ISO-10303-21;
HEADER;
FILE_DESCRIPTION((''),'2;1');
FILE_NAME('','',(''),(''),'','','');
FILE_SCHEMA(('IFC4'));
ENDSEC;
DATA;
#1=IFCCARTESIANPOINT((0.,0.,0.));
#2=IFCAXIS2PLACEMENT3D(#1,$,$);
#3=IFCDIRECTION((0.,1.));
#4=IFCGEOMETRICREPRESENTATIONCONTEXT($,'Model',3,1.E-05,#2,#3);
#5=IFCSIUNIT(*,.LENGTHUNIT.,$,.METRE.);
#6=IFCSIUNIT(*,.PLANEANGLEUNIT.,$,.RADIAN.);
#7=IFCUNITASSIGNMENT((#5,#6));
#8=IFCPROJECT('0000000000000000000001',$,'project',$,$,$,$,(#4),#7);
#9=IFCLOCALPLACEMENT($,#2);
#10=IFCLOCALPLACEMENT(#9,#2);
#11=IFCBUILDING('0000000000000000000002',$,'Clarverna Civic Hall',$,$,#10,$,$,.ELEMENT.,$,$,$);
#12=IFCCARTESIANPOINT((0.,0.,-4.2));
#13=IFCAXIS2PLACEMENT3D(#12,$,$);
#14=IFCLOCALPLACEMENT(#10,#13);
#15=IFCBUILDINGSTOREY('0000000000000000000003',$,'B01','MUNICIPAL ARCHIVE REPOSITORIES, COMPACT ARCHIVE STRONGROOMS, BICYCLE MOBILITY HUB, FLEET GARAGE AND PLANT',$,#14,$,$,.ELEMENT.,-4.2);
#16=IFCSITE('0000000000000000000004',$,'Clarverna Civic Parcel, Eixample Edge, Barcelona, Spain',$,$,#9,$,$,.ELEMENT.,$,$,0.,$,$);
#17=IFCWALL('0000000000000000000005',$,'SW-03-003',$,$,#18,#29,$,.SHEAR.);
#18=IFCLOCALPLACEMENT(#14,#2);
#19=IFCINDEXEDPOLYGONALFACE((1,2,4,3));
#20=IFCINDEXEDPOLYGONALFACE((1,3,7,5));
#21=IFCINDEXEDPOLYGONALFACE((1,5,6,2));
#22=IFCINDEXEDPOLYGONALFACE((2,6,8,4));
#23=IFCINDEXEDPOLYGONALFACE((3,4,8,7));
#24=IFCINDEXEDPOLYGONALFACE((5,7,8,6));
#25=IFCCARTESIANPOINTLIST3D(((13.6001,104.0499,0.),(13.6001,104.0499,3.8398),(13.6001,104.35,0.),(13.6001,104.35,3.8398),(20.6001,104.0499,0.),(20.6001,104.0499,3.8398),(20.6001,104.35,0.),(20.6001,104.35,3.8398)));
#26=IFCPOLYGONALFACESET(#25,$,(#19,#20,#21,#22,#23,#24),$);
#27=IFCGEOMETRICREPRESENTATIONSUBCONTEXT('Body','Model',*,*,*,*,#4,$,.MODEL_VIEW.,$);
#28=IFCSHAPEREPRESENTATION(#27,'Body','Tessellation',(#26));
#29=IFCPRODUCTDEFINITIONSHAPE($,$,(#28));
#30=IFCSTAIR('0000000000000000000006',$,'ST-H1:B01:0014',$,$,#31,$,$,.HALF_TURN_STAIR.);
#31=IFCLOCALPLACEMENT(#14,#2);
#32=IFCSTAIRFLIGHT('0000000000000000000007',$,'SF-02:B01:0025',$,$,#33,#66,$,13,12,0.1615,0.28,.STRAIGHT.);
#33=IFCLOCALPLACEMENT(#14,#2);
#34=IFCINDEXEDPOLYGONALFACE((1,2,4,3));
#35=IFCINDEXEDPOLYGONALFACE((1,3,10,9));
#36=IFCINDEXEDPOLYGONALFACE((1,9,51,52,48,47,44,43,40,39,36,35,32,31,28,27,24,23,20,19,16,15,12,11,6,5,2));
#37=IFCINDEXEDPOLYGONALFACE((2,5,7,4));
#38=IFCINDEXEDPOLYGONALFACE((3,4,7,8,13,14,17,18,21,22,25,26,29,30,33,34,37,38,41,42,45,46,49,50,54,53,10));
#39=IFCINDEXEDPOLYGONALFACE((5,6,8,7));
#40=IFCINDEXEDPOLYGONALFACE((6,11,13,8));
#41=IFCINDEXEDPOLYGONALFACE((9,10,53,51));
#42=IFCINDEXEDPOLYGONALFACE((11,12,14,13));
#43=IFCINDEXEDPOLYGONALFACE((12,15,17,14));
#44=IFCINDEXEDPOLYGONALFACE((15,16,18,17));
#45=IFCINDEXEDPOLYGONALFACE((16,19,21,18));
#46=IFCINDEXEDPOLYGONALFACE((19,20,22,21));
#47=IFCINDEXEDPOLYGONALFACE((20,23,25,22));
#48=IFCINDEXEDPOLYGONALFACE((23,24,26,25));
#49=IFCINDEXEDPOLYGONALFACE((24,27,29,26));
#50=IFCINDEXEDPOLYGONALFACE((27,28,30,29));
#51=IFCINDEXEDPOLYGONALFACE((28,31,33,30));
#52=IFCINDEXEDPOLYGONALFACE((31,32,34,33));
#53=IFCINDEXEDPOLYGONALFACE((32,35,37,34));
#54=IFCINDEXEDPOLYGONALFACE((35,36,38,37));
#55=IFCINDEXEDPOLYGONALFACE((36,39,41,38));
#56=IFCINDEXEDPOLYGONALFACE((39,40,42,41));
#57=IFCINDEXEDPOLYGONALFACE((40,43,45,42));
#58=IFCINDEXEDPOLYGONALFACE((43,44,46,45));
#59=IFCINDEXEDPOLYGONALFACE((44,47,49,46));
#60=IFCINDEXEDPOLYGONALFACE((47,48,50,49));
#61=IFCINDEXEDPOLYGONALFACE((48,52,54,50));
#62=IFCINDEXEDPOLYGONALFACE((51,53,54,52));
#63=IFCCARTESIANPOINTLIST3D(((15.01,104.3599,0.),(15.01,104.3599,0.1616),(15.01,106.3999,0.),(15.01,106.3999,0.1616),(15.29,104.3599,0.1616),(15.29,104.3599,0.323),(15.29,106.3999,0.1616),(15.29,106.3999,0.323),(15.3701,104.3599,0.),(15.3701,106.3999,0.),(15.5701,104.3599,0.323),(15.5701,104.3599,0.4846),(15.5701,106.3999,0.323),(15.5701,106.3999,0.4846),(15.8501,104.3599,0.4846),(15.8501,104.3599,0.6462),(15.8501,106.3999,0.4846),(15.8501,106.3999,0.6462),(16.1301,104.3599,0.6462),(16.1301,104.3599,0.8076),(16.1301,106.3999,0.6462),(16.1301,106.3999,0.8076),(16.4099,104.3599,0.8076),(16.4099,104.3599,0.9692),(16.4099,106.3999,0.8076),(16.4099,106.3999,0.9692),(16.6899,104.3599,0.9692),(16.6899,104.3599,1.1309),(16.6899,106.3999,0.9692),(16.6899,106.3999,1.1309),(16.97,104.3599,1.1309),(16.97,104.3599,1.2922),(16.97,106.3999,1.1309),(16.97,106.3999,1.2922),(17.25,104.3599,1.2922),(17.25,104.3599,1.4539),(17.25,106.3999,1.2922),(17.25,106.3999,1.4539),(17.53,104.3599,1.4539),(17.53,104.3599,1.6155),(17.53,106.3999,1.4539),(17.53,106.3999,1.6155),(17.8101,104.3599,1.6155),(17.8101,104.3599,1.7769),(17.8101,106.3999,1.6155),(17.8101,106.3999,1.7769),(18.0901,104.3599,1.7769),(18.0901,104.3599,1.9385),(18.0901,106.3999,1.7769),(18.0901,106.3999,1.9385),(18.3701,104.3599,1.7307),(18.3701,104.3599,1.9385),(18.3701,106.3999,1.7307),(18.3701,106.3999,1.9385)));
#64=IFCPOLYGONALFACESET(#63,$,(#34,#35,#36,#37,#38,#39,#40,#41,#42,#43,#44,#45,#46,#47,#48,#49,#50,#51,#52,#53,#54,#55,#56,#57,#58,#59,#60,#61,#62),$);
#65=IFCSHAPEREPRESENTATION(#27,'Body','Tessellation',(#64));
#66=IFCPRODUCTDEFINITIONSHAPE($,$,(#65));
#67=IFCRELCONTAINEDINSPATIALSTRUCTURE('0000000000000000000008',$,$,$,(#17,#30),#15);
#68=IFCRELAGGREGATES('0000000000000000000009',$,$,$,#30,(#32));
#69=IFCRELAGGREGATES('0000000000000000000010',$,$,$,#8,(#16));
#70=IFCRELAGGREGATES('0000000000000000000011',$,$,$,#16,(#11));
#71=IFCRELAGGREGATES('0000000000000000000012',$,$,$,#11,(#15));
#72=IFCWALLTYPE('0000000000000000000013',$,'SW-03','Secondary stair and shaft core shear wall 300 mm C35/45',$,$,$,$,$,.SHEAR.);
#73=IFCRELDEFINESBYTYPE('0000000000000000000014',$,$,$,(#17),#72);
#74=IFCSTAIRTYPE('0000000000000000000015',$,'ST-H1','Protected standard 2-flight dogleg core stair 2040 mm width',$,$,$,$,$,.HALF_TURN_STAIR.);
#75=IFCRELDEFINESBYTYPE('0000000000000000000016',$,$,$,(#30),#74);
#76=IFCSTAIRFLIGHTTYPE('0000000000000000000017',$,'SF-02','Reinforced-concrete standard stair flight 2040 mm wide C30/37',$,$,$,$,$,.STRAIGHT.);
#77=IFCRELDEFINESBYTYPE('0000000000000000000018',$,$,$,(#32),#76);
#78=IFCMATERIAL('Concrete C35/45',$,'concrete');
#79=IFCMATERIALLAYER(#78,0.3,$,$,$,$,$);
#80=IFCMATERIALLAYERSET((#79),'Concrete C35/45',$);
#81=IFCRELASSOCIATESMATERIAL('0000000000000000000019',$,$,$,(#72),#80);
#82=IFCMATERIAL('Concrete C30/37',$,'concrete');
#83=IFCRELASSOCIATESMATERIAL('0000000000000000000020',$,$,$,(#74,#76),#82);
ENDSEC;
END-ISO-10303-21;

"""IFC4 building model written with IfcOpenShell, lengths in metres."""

from ifc_helpers import new_model, si_unit, direction, frame, frame_2d, origin, place, context, subcontext, project, spatial, polyline, rectangle, outline, extrude, material, layer, layer_set, type_object, element, aggregate, save


model = new_model("IFC4")

# Units and contexts
model_context = context("Model", 3, precision=1e-05, world=origin(), true_north=direction((0.0, 1.0)))
body_context = subcontext(model_context, "Body", "Model", "MODEL_VIEW")
ifc_project = project(units=[si_unit("LENGTHUNIT", "METRE"), si_unit("PLANEANGLEUNIT", "RADIAN")], contexts=[model_context])

# Site, building, storey
site_placement = place(None, origin())
site = spatial("IfcSite", under=ifc_project, at=site_placement, Name="Clarverna Civic Parcel, Eixample Edge, Barcelona, Spain", CompositionType="ELEMENT", RefElevation=0.0)
building_placement = place(site_placement, origin())
building = spatial("IfcBuilding", under=site, at=building_placement, Name="Clarverna Civic Hall", CompositionType="ELEMENT")
storey_placement = place(building_placement, frame((0.0, 0.0, -4.2)))
storey = spatial("IfcBuildingStorey", under=building, at=storey_placement, Name="B01", Description="MUNICIPAL ARCHIVE REPOSITORIES, COMPACT ARCHIVE STRONGROOMS, BICYCLE MOBILITY HUB, FLEET GARAGE AND PLANT", CompositionType="ELEMENT", Elevation=-4.2)

# Shared definitions
ifc_material_1 = material(Name="Concrete C30/37", Category="concrete")

# Shared definitions
ifc_material_2 = material(Name="Concrete C35/45", Category="concrete")

# Shared definitions
ifc_layer_1 = layer(ifc_material_2, 0.3)
ifc_layer_set_1 = layer_set([ifc_layer_1], Name="Concrete C35/45")
wall_type_1 = type_object("IfcWallType", Name="SW-03", Description="Secondary stair and shaft core shear wall 300 mm C35/45", PredefinedType="SHEAR", material=ifc_layer_set_1)

# Wall
wall_1_placement = place(storey_placement, frame((13.6001, 104.2, 0.0), z_axis=(0.0, 0.0, 1.0), x_axis=(1.0, 0.0, 0.0)))
element("IfcWall", 1, at=wall_1_placement, inside=storey, type_object=wall_type_1, Name="SW-03-003", PredefinedType="SHEAR", context=body_context, shape_type="SweptSolid", body=[
    extrude(rectangle(XDim=7.0, YDim=0.3, at=frame_2d((3.5, 0.0))), origin(), (0.0, 0.0, 1.0), 3.8398),
])

# Stair, stair flight
stair_type = type_object("IfcStairType", Name="ST-H1", Description="Protected standard 2-flight dogleg core stair 2040 mm width", PredefinedType="HALF_TURN_STAIR", material=ifc_material_1)
stair_placement = place(storey_placement, origin())
stair = element("IfcStair", 2, at=stair_placement, inside=storey, type_object=stair_type, Name="ST-H1:B01:0014", PredefinedType="HALF_TURN_STAIR")
stair_flight_type = type_object("IfcStairFlightType", Name="SF-02", Description="Reinforced-concrete standard stair flight 2040 mm wide C30/37", PredefinedType="STRAIGHT", material=ifc_material_1)
stair_flight_placement = place(storey_placement, frame((15.01, 105.3799, 0.0), z_axis=(0.0, 0.0, 1.0), x_axis=(1.0, 0.0, 0.0)))
stair_flight = element("IfcStairFlight", 3, at=stair_flight_placement, type_object=stair_flight_type, Name="SF-02:B01:0025", NumberOfRisers=13, NumberOfTreads=12, PredefinedType="STRAIGHT", RiserHeight=0.1615, TreadLength=0.28, context=body_context, shape_type="SweptSolid", body=[
    extrude(outline(polyline([(0.0, 0.0), (0.0, 0.1616), (0.28, 0.1616), (0.28, 0.323), (0.5601, 0.323), (0.5601, 0.4846), (0.8401, 0.4846), (0.8401, 0.6462), (1.1201, 0.6462), (1.1201, 0.8076), (1.3999, 0.8076), (1.3999, 0.9692), (1.6799, 0.9692), (1.6799, 1.1309), (1.96, 1.1309), (1.96, 1.2922), (2.24, 1.2922), (2.24, 1.4539), (2.52, 1.4539), (2.52, 1.6155), (2.8, 1.6155), (2.8, 1.7769), (3.0801, 1.7769), (3.0801, 1.9385), (3.3601, 1.9385), (3.3601, 2.1001), (3.3601, 1.7307), (0.3601, 0.0), (0.0, 0.0)])), frame((0.0, 1.02, 0.0), z_axis=(0.0, -1.0, 0.0), x_axis=(1.0, 0.0, 0.0)), (0.0, 0.0, 1.0), 2.04),
])
aggregate(stair, [stair_flight])

save(model, "model.ifc")
